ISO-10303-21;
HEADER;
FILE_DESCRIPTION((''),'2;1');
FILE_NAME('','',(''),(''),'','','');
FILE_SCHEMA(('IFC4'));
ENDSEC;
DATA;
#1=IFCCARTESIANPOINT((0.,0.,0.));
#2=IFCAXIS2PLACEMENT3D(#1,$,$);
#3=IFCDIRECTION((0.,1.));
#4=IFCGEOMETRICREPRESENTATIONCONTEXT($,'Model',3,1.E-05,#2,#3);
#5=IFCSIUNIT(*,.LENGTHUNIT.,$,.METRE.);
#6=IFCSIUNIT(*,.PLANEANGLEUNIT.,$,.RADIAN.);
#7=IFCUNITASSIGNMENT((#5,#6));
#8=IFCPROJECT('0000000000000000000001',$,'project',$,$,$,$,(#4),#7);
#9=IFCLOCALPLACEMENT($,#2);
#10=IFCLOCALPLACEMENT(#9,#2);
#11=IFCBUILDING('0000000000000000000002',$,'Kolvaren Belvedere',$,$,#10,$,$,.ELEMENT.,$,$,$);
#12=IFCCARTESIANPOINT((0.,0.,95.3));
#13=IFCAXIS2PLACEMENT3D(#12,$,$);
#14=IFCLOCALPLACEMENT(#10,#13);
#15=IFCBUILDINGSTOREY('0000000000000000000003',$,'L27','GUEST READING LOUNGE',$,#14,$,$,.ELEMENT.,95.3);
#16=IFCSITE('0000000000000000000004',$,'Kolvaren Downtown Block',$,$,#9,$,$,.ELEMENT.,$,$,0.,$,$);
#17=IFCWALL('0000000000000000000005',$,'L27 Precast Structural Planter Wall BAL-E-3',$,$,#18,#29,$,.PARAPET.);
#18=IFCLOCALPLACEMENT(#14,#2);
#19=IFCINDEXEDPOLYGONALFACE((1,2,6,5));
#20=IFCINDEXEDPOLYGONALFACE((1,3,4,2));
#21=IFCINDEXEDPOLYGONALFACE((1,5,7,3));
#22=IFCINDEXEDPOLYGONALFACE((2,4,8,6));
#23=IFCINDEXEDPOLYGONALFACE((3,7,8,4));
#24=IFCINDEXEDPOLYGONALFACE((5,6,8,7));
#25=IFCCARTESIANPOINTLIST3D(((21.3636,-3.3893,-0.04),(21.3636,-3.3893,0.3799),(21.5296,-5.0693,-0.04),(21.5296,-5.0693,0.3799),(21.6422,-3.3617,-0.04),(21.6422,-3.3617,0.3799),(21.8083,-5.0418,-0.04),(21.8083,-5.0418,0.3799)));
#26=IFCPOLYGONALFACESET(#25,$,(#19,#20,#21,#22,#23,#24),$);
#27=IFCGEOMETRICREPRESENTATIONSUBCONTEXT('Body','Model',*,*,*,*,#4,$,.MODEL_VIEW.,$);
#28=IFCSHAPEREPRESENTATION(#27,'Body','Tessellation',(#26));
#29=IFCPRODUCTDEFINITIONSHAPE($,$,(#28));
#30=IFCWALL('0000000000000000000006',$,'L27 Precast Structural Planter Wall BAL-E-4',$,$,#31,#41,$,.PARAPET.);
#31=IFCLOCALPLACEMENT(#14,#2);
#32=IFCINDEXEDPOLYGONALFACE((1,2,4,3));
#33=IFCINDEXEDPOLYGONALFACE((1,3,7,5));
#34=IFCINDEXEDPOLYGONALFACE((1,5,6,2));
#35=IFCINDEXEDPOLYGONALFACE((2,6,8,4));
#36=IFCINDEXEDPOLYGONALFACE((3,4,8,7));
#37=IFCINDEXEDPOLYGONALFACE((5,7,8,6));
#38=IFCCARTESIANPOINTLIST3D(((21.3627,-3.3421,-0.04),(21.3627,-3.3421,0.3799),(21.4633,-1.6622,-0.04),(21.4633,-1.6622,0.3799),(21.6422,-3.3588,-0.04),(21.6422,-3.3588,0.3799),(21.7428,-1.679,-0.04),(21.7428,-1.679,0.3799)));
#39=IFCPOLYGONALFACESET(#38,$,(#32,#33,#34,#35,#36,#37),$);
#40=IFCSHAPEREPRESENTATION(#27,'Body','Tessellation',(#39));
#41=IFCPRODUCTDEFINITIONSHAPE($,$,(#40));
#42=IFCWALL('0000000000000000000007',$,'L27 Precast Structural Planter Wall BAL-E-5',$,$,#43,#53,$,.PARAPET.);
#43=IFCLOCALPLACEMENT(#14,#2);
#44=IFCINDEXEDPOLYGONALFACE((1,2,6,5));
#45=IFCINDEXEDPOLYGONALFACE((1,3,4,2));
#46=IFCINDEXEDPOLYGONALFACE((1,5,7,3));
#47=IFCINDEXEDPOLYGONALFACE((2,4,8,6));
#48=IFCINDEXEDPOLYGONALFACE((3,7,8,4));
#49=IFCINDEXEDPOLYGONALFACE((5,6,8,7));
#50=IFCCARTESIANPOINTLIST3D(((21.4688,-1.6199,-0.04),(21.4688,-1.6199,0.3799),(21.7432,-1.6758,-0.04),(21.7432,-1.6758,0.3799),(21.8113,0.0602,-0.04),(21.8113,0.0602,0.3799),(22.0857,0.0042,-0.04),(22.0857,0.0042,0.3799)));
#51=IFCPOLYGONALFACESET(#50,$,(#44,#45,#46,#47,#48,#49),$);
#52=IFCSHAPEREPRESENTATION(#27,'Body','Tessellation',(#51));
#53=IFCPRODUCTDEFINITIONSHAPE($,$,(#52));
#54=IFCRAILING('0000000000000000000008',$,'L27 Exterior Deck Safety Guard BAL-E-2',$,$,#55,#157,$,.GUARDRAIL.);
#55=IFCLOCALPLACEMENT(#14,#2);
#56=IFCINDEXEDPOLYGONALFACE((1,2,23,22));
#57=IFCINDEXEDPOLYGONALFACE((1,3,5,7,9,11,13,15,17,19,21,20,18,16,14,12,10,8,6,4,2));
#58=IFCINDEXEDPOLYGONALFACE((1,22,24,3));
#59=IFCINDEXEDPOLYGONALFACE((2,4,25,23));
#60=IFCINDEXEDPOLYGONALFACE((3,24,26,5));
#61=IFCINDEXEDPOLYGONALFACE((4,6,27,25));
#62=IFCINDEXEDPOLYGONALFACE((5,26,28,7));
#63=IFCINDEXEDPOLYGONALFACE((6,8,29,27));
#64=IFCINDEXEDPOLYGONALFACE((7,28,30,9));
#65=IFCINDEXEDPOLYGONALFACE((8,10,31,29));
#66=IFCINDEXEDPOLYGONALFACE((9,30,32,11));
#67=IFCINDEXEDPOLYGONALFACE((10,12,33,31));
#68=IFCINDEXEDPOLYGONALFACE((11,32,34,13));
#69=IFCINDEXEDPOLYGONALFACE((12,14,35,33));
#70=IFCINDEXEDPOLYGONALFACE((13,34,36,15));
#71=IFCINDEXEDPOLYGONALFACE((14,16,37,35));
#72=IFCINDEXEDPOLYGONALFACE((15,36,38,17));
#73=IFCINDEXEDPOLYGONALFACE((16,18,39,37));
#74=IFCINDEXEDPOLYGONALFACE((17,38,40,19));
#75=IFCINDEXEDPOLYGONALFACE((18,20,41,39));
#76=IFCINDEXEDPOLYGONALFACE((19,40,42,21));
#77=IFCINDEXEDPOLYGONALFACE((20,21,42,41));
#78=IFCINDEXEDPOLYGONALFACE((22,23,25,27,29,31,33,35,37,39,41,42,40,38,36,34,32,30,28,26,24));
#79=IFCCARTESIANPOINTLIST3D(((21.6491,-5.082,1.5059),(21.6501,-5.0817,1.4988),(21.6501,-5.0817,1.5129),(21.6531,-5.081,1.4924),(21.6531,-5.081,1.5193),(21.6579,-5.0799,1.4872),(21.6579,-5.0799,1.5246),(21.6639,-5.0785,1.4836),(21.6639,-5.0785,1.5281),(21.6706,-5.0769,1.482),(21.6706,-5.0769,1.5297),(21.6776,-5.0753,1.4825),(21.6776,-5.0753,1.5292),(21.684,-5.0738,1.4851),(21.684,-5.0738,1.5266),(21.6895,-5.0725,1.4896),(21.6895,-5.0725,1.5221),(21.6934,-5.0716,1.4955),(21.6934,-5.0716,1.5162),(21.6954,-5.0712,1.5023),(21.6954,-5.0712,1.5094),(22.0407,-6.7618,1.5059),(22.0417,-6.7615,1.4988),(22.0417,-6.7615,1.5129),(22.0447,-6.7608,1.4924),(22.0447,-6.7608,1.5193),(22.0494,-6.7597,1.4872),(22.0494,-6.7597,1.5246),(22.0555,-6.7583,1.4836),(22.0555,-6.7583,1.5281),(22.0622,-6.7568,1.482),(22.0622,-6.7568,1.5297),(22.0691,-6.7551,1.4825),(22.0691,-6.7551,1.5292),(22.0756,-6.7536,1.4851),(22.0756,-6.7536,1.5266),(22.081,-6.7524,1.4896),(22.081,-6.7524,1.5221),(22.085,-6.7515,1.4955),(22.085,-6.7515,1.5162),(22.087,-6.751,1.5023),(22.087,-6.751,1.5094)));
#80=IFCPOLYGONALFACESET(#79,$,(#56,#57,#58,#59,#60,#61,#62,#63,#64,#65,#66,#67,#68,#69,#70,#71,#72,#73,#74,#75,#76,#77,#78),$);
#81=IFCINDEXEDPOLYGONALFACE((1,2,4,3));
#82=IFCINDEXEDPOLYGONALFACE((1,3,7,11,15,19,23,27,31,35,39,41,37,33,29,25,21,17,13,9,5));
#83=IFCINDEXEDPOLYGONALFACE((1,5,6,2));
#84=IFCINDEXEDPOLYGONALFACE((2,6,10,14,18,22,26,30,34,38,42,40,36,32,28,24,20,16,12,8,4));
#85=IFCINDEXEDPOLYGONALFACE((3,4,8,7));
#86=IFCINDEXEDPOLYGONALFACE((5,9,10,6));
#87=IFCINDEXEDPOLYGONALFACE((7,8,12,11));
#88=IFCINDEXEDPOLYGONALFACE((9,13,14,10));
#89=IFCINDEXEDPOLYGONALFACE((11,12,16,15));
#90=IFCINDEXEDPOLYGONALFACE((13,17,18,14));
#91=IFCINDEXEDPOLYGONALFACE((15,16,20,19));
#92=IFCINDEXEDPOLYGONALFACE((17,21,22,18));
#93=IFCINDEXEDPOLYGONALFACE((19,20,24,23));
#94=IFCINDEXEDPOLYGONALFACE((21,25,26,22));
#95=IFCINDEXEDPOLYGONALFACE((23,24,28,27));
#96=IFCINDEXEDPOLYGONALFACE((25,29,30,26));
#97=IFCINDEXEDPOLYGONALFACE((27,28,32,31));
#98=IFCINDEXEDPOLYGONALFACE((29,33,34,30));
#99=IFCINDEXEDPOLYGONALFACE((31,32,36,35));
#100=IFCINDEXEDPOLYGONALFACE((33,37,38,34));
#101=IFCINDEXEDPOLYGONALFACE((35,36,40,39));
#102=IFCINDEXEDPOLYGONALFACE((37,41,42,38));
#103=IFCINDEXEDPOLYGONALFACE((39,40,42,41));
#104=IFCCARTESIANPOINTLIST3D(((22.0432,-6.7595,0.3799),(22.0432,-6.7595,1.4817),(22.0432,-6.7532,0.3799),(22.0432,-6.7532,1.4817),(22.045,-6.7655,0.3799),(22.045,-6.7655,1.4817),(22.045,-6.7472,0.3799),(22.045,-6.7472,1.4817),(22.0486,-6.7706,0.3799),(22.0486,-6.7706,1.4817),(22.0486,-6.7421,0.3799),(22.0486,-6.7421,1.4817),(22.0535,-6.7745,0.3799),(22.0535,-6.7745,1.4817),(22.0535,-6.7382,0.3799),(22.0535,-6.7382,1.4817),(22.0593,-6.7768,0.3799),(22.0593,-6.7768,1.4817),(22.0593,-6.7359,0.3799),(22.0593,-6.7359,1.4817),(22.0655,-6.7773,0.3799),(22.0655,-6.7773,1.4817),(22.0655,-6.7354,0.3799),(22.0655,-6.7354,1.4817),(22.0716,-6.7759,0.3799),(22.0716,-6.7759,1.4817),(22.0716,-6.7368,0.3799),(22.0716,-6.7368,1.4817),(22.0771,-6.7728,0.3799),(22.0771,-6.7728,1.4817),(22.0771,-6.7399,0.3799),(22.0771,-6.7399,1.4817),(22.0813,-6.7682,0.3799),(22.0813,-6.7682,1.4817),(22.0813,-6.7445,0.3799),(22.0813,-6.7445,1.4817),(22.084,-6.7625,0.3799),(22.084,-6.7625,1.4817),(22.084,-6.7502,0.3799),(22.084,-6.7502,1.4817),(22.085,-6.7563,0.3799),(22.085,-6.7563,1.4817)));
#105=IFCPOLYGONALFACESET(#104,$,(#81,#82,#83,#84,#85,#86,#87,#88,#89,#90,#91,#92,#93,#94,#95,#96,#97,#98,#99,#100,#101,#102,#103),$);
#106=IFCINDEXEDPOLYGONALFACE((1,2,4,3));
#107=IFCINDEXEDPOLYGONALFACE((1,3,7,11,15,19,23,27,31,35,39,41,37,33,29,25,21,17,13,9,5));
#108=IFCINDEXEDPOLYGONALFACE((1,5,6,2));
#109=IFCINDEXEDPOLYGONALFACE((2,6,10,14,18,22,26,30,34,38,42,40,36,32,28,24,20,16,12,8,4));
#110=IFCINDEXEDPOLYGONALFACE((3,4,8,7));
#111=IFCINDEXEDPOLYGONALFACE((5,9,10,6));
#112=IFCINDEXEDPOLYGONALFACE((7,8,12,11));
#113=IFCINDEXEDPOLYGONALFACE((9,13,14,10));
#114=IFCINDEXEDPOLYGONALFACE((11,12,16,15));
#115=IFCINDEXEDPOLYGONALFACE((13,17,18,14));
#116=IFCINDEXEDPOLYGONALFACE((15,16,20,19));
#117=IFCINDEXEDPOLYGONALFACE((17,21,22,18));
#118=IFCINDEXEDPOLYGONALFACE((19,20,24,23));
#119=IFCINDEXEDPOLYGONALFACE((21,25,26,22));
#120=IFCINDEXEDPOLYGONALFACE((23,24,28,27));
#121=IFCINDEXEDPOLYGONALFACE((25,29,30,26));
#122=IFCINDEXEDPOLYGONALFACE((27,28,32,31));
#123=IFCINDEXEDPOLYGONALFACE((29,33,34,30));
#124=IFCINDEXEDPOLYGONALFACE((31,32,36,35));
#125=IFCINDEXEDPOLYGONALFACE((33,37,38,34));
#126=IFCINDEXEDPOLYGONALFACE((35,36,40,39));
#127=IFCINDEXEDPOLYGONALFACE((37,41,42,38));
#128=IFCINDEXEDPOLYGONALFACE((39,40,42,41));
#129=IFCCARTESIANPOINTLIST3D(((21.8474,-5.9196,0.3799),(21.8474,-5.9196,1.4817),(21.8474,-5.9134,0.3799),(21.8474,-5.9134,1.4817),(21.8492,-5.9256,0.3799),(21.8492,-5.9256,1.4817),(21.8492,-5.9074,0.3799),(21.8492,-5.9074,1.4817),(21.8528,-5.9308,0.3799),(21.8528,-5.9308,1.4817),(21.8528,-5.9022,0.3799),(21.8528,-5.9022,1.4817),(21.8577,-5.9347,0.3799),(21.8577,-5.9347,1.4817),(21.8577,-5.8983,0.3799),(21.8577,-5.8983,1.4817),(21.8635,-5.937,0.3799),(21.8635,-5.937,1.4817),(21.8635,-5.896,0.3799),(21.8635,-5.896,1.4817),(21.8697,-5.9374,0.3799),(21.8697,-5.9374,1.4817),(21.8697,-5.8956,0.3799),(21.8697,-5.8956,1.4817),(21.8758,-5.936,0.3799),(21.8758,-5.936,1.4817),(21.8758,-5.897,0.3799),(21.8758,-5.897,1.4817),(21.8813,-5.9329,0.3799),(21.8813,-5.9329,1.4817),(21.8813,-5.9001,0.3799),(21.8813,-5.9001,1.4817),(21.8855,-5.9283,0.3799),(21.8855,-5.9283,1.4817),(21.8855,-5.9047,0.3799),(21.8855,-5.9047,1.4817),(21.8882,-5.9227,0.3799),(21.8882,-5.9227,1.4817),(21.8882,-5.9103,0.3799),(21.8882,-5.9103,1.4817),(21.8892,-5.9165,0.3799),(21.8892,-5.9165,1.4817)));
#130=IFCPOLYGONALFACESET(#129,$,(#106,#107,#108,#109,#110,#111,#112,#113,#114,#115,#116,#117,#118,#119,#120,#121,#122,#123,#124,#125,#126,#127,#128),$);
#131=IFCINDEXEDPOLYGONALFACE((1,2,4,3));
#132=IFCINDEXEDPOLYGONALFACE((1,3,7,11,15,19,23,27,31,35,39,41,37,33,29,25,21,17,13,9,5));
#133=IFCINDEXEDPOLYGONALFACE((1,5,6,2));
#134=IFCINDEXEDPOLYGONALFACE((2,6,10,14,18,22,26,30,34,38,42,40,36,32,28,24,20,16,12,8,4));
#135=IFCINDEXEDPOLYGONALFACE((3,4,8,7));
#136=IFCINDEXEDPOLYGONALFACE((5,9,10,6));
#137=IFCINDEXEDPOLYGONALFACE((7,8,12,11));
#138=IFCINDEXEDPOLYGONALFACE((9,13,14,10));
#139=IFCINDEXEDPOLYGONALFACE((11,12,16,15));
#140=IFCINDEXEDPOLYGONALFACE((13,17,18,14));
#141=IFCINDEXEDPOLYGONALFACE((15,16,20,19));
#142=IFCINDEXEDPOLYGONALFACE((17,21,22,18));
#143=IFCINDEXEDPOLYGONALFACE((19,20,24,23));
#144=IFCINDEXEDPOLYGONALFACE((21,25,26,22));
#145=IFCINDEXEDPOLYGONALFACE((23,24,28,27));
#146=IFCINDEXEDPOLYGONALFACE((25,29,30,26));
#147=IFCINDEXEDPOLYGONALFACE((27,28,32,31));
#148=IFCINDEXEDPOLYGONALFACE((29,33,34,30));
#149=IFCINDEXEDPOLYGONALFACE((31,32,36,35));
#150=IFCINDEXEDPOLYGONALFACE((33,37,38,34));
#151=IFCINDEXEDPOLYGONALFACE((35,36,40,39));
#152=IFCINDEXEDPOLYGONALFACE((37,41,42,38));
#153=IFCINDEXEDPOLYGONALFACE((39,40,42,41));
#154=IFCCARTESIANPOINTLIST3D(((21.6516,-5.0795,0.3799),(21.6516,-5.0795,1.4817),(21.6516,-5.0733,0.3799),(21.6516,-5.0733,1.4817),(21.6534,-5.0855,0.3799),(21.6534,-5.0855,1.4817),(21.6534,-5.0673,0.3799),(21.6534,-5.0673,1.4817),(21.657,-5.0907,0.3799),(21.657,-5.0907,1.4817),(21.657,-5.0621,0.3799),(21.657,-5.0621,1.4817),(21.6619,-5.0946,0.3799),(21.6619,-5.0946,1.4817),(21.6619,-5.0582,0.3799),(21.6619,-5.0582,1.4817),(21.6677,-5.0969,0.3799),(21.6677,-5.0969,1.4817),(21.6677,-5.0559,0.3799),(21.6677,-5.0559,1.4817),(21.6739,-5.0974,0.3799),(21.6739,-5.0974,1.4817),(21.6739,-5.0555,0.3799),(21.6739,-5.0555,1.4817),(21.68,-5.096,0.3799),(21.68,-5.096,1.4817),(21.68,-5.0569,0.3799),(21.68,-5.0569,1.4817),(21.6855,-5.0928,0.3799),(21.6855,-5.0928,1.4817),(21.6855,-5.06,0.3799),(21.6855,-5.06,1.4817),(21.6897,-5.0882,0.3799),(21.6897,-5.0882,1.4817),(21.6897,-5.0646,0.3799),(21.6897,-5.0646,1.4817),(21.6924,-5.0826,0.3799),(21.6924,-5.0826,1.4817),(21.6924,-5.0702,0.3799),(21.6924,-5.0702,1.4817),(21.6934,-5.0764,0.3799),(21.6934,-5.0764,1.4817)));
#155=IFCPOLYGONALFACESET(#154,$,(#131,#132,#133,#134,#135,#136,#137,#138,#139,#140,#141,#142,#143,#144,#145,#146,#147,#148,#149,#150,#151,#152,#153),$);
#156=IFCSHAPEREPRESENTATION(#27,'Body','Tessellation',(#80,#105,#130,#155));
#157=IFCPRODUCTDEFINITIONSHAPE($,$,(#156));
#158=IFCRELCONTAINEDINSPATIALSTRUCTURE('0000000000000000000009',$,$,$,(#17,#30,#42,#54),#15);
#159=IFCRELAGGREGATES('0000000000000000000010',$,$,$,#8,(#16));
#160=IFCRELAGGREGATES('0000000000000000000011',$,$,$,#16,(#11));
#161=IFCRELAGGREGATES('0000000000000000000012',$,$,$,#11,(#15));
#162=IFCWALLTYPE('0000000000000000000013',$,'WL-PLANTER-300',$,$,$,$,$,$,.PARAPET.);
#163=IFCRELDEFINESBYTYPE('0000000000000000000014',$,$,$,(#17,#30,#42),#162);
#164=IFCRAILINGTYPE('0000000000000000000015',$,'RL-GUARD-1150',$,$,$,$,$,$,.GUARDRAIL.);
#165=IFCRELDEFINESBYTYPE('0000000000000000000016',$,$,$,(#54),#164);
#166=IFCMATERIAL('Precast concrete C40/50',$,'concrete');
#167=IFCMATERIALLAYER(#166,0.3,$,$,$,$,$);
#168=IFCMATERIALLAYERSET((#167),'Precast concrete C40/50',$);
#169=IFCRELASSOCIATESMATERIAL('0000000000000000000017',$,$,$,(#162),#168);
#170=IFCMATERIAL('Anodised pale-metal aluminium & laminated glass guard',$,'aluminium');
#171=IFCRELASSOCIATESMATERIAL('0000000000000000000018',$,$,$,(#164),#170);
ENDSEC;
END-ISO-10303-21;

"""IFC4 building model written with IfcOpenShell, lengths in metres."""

from ifc_helpers import new_model, si_unit, direction, frame, frame_2d, origin, origin_2d, place, context, subcontext, project, spatial, rectangle, circle, extrude, material, layer, layer_set, type_object, element, save


model = new_model("IFC4")

# Units and contexts
model_context = context("Model", 3, precision=1e-05, world=origin(), true_north=direction((0.0, 1.0)))
body_context = subcontext(model_context, "Body", "Model", "MODEL_VIEW")
ifc_project = project(units=[si_unit("LENGTHUNIT", "METRE"), si_unit("PLANEANGLEUNIT", "RADIAN")], contexts=[model_context])

# Site, building, storey
site_placement = place(None, origin())
site = spatial("IfcSite", under=ifc_project, at=site_placement, Name="Kolvaren Downtown Block", CompositionType="ELEMENT", RefElevation=0.0)
building_placement = place(site_placement, origin())
building = spatial("IfcBuilding", under=site, at=building_placement, Name="Kolvaren Belvedere", CompositionType="ELEMENT")
storey_placement = place(building_placement, frame((0.0, 0.0, 95.3)))
storey = spatial("IfcBuildingStorey", under=building, at=storey_placement, Name="L27", Description="GUEST READING LOUNGE", CompositionType="ELEMENT", Elevation=95.3)

# Walls
ifc_material_1 = material(Name="Precast concrete C40/50", Category="concrete")
ifc_layer_1 = layer(ifc_material_1, 0.3)
ifc_layer_set_1 = layer_set([ifc_layer_1], Name="Precast concrete C40/50")
wall_type = type_object("IfcWallType", Name="WL-PLANTER-300", PredefinedType="PARAPET", material=ifc_layer_set_1)
wall_1_placement = place(storey_placement, frame((21.6689, -5.0557, -0.04), z_axis=(0.0, 0.0, 1.0), x_axis=(-0.098344, 0.995152, 0.0)))
element("IfcWall", 1, at=wall_1_placement, inside=storey, type_object=wall_type, Name="L27 Precast Structural Planter Wall BAL-E-3", PredefinedType="PARAPET", context=body_context, shape_type="SweptSolid", body=[
    extrude(rectangle(XDim=1.6882, YDim=0.28, at=frame_2d((0.8442, 0.0))), origin(), (0.0, 0.0, 1.0), 0.4199),
])
wall_2_placement = place(storey_placement, frame((21.5024, -3.3503, -0.04), z_axis=(0.0, 0.0, 1.0), x_axis=(0.059768, 0.998212, 0.0)))
element("IfcWall", 2, at=wall_2_placement, inside=storey, type_object=wall_type, Name="L27 Precast Structural Planter Wall BAL-E-4", PredefinedType="PARAPET", context=body_context, shape_type="SweptSolid", body=[
    extrude(rectangle(XDim=1.6829, YDim=0.28, at=frame_2d((0.8413, 0.0))), origin(), (0.0, 0.0, 1.0), 0.4199),
])
wall_3_placement = place(storey_placement, frame((21.606, -1.6479, -0.04), z_axis=(0.0, 0.0, 1.0), x_axis=(0.199784, 0.97984, 0.0)))
element("IfcWall", 3, at=wall_3_placement, inside=storey, type_object=wall_type, Name="L27 Precast Structural Planter Wall BAL-E-5", PredefinedType="PARAPET", context=body_context, shape_type="SweptSolid", body=[
    extrude(rectangle(XDim=1.7146, YDim=0.28, at=frame_2d((0.8574, 0.0))), origin(), (0.0, 0.0, 1.0), 0.4199),
])

# Railing
ifc_material_2 = material(Name="Anodised pale-metal aluminium & laminated glass guard", Category="aluminium")
railing_type = type_object("IfcRailingType", Name="RL-GUARD-1150", PredefinedType="GUARDRAIL", material=ifc_material_2)
railing_1_placement = place(storey_placement, frame((22.064, -6.7563, 0.3799)))
element("IfcRailing", 4, at=railing_1_placement, inside=storey, type_object=railing_type, Name="L27 Exterior Deck Safety Guard BAL-E-2", PredefinedType="GUARDRAIL", context=body_context, shape_type="SweptSolid", body=[
    extrude(circle(Radius=0.0239, at=origin_2d()), frame((0.0, 0.0, 1.126), z_axis=(-0.227019, 0.97389, 0.0), x_axis=(-0.97389, -0.227019, 0.0)), (0.0, 0.0, 1.0), 1.7249),
    extrude(circle(Radius=0.021, at=origin_2d()), origin(), (0.0, 0.0, 1.0), 1.1018),
    extrude(circle(Radius=0.021, at=origin_2d()), frame((-0.1958, 0.8398, 0.0)), (0.0, 0.0, 1.0), 1.1018),
    extrude(circle(Radius=0.021, at=origin_2d()), frame((-0.3916, 1.6799, 0.0)), (0.0, 0.0, 1.0), 1.1018),
])

save(model, "model.ifc")
